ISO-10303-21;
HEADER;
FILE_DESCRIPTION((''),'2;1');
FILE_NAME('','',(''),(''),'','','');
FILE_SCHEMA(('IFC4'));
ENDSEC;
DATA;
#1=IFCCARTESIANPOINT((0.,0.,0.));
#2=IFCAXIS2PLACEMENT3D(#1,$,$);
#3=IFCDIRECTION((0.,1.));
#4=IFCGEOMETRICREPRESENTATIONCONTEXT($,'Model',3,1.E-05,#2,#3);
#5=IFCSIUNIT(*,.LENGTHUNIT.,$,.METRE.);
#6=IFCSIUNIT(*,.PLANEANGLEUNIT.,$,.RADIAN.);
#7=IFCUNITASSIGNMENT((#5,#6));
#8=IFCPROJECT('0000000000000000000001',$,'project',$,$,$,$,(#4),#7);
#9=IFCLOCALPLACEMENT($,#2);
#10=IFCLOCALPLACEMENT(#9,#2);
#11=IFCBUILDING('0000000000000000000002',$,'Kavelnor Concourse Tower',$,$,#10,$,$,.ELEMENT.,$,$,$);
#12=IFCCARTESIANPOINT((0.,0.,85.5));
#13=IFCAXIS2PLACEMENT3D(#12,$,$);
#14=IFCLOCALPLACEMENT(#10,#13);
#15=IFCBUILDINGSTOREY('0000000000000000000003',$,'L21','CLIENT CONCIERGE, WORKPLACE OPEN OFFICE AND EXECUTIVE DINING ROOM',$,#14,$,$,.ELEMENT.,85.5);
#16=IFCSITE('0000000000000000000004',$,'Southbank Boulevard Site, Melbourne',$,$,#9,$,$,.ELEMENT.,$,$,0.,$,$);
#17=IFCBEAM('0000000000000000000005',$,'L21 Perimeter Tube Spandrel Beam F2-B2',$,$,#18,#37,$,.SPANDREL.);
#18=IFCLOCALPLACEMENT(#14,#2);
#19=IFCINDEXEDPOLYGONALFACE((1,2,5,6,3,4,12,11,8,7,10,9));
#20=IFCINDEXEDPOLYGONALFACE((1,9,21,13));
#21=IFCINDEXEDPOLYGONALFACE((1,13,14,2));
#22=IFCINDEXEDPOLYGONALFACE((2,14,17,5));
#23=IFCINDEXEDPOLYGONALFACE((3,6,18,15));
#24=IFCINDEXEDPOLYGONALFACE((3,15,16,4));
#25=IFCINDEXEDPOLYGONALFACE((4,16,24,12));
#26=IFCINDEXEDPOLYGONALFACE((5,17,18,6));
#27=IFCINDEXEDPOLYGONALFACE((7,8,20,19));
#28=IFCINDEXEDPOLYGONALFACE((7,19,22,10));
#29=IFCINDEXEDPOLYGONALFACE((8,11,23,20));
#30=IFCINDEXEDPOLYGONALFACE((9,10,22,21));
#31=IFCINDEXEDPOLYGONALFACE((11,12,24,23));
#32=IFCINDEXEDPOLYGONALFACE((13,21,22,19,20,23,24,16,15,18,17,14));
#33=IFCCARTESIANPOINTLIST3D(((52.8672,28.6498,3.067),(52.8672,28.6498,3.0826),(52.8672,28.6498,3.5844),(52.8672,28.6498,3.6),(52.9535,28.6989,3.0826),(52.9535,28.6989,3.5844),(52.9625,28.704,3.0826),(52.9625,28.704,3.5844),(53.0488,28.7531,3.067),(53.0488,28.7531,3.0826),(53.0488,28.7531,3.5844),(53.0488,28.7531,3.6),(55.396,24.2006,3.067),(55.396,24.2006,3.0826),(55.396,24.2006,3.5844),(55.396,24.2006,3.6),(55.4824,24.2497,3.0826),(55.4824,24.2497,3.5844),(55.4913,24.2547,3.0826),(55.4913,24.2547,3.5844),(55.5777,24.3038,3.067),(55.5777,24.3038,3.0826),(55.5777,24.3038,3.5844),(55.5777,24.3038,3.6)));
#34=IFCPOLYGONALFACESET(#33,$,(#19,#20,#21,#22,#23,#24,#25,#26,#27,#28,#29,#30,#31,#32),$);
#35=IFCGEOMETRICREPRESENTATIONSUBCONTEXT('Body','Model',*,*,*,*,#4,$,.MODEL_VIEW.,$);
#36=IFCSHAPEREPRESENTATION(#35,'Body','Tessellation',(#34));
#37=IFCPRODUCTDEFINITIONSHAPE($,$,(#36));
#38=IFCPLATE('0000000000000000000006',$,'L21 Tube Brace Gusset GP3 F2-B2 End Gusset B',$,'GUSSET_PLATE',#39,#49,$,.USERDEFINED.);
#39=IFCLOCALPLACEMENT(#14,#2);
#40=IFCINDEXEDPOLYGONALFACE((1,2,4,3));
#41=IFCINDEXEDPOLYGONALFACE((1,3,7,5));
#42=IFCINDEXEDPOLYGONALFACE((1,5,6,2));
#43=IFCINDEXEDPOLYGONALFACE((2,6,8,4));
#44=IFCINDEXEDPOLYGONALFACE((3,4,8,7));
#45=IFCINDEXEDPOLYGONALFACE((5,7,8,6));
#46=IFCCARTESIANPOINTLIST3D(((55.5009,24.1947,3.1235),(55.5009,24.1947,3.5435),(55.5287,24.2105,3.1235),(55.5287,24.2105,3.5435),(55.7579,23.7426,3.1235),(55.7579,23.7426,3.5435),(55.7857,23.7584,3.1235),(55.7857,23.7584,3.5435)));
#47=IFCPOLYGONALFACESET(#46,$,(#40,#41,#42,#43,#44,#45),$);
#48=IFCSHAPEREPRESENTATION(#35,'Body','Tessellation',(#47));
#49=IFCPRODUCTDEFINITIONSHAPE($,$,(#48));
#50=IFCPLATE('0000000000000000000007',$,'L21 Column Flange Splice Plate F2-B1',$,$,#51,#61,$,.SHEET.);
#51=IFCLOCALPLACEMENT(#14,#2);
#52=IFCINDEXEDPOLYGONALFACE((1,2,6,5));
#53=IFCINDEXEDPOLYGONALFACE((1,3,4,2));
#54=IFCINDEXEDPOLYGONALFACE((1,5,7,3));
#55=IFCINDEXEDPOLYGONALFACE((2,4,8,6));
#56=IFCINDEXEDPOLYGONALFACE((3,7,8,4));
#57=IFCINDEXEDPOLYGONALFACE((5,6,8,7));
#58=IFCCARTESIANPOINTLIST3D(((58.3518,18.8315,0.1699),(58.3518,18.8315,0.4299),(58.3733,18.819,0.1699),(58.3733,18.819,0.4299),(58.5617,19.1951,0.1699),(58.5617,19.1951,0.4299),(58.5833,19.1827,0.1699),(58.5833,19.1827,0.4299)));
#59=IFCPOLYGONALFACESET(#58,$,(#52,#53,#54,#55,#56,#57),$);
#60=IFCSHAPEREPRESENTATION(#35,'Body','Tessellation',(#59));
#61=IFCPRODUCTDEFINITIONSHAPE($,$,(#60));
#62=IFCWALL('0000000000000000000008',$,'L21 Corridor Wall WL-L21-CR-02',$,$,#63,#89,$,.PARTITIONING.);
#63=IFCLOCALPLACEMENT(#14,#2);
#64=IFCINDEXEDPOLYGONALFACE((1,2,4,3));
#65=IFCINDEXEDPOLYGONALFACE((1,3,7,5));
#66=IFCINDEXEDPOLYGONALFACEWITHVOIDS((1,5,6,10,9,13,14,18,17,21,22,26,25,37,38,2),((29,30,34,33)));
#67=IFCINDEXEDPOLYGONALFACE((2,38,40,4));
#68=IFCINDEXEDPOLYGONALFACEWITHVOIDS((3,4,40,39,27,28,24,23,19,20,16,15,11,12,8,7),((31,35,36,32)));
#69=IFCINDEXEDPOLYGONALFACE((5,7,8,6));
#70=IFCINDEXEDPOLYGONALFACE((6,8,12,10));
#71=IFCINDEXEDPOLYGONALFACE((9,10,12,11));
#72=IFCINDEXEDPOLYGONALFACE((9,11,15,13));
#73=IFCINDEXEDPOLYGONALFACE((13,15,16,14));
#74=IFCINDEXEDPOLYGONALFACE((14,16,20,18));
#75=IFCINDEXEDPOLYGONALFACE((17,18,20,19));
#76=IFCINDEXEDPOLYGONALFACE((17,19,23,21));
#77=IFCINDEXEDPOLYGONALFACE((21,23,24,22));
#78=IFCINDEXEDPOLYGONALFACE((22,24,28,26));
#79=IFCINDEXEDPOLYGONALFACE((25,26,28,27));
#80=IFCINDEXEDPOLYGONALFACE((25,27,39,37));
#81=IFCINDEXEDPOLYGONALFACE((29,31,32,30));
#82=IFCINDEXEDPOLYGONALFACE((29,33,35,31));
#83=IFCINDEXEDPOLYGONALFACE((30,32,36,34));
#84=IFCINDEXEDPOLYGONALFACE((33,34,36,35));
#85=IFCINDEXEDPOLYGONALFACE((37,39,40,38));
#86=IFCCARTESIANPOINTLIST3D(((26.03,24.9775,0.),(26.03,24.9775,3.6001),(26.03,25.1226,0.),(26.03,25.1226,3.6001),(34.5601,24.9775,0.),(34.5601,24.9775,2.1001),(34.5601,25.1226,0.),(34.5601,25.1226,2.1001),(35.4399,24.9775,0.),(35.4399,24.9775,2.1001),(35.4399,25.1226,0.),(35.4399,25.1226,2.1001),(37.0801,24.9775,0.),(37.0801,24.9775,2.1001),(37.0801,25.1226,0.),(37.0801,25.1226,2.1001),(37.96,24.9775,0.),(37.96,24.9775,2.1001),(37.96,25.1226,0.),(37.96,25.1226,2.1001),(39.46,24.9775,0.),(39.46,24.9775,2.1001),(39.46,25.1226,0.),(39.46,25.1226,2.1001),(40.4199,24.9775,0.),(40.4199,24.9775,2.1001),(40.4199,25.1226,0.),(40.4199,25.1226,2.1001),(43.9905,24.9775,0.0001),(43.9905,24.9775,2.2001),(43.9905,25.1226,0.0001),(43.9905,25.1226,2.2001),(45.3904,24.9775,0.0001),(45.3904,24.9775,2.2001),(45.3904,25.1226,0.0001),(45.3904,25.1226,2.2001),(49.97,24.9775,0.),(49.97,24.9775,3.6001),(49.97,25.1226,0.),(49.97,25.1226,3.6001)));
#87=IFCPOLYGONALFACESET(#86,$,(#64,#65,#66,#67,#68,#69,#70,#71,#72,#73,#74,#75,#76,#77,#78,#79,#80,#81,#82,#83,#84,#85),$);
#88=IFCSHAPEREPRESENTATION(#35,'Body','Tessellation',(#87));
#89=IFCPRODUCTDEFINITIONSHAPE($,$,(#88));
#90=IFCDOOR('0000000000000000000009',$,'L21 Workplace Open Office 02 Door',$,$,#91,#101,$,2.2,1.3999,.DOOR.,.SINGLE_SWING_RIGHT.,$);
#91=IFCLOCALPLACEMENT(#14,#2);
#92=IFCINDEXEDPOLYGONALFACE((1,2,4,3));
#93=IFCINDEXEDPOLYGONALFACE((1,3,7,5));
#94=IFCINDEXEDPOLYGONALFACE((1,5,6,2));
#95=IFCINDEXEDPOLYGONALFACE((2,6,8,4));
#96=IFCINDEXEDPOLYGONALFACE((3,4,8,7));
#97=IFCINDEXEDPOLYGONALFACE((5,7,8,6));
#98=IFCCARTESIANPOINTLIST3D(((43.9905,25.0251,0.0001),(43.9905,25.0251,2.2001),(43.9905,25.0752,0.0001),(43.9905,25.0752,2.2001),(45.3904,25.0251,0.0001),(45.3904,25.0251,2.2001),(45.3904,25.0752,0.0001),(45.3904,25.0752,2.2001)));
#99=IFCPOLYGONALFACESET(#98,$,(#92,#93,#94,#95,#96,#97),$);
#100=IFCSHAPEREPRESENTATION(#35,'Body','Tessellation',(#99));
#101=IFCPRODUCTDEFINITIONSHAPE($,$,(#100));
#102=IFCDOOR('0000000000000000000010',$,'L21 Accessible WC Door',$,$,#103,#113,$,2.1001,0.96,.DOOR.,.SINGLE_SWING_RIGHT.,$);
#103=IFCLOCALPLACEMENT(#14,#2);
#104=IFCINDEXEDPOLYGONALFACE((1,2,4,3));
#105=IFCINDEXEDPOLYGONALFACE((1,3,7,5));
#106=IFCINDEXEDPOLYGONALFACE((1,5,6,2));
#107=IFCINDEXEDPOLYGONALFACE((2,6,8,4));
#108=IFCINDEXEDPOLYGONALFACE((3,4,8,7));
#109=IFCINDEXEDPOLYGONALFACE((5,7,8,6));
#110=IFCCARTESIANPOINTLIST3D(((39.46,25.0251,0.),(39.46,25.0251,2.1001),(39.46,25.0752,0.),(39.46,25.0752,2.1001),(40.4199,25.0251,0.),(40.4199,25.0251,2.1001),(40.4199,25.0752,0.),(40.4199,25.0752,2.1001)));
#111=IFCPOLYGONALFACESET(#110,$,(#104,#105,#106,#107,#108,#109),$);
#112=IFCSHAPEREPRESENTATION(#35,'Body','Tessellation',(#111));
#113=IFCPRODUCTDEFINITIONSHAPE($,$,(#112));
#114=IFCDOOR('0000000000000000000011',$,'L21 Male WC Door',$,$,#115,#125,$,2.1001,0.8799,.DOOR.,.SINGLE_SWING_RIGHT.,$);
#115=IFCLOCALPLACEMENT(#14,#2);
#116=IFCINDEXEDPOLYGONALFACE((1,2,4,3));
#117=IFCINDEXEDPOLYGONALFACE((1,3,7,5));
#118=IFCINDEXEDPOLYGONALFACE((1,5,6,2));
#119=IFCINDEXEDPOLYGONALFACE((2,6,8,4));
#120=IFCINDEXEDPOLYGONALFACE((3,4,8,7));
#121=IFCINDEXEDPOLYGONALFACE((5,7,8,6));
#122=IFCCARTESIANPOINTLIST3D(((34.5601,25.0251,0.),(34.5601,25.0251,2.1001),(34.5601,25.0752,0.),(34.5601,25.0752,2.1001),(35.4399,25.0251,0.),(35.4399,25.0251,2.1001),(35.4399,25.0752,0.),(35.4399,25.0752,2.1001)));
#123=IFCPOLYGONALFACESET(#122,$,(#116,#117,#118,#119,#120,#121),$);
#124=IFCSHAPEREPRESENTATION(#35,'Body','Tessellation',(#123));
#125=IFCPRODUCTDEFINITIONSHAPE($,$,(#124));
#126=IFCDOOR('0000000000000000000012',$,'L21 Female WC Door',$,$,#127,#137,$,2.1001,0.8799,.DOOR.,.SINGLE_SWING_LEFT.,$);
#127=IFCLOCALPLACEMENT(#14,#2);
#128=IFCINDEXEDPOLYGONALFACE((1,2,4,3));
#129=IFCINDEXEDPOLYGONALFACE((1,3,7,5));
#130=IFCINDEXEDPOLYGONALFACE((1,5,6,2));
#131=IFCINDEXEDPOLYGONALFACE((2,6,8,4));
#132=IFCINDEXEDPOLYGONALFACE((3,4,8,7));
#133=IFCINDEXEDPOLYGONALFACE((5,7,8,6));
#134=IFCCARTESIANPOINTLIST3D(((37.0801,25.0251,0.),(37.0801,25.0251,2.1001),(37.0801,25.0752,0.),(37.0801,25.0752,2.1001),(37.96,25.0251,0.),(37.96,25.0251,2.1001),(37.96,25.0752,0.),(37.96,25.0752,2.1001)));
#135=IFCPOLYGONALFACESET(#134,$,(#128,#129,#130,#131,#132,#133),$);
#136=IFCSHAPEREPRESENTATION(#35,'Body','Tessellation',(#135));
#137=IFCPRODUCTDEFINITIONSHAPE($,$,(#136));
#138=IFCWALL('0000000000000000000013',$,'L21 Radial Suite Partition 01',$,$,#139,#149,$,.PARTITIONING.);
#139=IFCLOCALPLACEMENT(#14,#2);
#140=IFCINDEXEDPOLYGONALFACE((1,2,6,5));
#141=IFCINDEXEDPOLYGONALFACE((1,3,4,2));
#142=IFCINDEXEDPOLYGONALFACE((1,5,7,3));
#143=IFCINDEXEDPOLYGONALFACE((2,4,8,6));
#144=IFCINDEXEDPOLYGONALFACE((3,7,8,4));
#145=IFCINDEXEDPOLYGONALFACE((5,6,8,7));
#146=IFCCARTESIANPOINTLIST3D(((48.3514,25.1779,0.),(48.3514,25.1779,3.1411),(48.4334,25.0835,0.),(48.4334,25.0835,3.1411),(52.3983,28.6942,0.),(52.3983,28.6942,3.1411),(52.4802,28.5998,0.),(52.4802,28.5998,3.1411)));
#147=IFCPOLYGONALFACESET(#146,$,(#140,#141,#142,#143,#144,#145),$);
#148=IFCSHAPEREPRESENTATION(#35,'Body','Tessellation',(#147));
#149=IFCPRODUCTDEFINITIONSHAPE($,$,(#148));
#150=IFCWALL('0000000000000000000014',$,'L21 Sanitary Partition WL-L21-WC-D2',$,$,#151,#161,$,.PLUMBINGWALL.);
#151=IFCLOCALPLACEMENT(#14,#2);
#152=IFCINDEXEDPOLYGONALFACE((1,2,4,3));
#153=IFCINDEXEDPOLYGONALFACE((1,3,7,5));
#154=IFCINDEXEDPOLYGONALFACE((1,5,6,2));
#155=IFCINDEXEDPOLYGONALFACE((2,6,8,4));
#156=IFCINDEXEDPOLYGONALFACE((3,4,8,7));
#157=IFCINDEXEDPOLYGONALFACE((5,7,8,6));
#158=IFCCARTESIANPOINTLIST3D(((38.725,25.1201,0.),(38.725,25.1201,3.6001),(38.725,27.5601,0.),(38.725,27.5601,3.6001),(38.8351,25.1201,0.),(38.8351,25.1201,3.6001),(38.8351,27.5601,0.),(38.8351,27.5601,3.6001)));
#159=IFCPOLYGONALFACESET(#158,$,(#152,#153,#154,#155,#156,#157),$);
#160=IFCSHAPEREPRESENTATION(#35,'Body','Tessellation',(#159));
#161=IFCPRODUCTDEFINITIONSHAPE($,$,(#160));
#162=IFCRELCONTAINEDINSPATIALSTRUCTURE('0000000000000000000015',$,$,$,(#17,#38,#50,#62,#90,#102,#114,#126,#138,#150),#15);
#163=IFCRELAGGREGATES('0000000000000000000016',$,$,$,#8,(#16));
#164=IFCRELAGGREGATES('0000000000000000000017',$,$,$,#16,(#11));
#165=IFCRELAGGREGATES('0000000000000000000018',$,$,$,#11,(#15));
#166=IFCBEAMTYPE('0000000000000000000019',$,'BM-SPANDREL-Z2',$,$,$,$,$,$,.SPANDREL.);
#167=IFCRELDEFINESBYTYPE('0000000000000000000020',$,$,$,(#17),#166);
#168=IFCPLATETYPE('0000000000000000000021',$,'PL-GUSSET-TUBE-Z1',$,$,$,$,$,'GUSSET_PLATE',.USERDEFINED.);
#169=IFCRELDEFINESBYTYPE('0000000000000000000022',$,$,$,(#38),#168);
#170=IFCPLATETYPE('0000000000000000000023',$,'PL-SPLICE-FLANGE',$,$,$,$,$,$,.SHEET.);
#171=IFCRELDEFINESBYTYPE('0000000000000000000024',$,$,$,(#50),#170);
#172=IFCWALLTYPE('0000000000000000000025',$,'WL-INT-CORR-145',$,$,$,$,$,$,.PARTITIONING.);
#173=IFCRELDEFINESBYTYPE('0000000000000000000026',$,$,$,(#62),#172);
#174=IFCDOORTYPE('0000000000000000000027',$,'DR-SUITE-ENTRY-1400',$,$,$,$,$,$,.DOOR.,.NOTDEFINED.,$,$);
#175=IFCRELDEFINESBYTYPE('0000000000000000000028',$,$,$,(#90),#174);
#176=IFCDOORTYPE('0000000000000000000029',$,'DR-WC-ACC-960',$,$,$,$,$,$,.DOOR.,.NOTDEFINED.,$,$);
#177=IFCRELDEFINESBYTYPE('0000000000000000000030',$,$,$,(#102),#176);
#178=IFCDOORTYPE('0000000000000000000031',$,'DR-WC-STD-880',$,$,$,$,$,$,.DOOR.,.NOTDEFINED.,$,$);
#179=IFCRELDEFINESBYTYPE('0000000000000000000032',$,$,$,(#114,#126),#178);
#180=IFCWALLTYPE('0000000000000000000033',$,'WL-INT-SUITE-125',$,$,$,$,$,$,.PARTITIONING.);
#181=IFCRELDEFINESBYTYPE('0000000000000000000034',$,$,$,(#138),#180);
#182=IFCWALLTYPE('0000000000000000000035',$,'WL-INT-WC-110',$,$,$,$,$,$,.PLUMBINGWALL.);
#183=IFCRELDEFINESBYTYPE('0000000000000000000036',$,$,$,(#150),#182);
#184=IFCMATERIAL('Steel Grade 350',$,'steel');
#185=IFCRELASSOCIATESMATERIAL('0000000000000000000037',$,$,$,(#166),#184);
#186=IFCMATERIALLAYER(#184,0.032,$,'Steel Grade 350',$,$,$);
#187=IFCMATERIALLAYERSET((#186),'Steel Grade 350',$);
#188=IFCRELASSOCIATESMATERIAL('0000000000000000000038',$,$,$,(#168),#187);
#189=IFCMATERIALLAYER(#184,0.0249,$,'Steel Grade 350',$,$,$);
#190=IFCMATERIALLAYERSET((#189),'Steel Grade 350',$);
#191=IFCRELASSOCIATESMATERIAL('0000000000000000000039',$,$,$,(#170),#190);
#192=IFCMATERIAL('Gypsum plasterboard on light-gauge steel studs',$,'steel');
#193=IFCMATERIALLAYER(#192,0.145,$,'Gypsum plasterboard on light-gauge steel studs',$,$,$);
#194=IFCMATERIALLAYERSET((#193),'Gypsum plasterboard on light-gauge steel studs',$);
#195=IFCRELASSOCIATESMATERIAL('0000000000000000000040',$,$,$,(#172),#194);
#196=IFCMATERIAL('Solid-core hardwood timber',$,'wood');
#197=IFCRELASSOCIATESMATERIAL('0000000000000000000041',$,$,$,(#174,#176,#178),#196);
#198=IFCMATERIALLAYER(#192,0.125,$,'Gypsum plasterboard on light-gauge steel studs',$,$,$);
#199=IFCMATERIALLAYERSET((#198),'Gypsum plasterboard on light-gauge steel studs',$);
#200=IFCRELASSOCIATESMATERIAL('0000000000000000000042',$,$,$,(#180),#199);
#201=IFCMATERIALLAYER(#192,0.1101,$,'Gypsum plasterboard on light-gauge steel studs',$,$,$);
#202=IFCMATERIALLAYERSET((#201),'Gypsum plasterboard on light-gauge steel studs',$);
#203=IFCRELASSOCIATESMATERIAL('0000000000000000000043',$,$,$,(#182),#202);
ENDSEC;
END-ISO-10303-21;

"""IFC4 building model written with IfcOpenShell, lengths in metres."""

from ifc_helpers import new_model, si_unit, direction, frame, frame_2d, origin, origin_2d, place, context, subcontext, project, spatial, rectangle, i_section, extrude, material, layer, layer_set, material_profile, profile_set, type_object, element, fill, save


model = new_model("IFC4")

# Units and contexts
model_context = context("Model", 3, precision=1e-05, world=origin(), true_north=direction((0.0, 1.0)))
body_context = subcontext(model_context, "Body", "Model", "MODEL_VIEW")
ifc_project = project(units=[si_unit("LENGTHUNIT", "METRE"), si_unit("PLANEANGLEUNIT", "RADIAN")], contexts=[model_context])

# Site, building, storey
site_placement = place(None, origin())
site = spatial("IfcSite", under=ifc_project, at=site_placement, Name="Southbank Boulevard Site, Melbourne", CompositionType="ELEMENT", RefElevation=0.0)
building_placement = place(site_placement, origin())
building = spatial("IfcBuilding", under=site, at=building_placement, Name="Kavelnor Concourse Tower", CompositionType="ELEMENT")
storey_placement = place(building_placement, frame((0.0, 0.0, 85.5)))
storey = spatial("IfcBuildingStorey", under=building, at=storey_placement, Name="L21", Description="CLIENT CONCIERGE, WORKPLACE OPEN OFFICE AND EXECUTIVE DINING ROOM", CompositionType="ELEMENT", Elevation=85.5)

# Shared definitions
ifc_material_1 = material(Name="Steel Grade 350", Category="steel")

# Beam
ifc_material_profile_1 = material_profile(ifc_material_1, i_section(OverallWidth=0.209, OverallDepth=0.533, WebThickness=0.0103, FlangeThickness=0.0156, at=origin_2d()), Name="530UB92")
ifc_profile_set_1 = profile_set([ifc_material_profile_1], Name="Steel Grade 350")
beam_type_1 = type_object("IfcBeamType", Name="BM-SPANDREL-Z2", PredefinedType="SPANDREL", material=ifc_profile_set_1)
for number, where, z_axis, x_axis, name in (
    (1, (55.4868, 24.2522, 3.3335), (-0.494134, 0.869386, 0.0), (-0.869386, -0.494134, 0.0), "L21 Perimeter Tube Spandrel Beam F2-B2"),
):
    element("IfcBeam", number, at=place(storey_placement, frame(where, z_axis=z_axis, x_axis=x_axis)), inside=storey, type_object=beam_type_1, Name=name, PredefinedType="SPANDREL", context=body_context, shape_type="SweptSolid", body=[
        extrude(i_section(OverallWidth=0.209, OverallDepth=0.533, WebThickness=0.0103, FlangeThickness=0.0156, at=origin_2d()), origin(), (0.0, 0.0, 1.0), 5.1177),
    ])

# Plates
ifc_layer_1 = layer(ifc_material_1, 0.032, Name="Steel Grade 350")
ifc_layer_set_1 = layer_set([ifc_layer_1], Name="Steel Grade 350")
plate_type_1 = type_object("IfcPlateType", Name="PL-GUSSET-TUBE-Z1", ElementType="GUSSET_PLATE", PredefinedType="USERDEFINED", material=ifc_layer_set_1)
plate_1_placement = place(storey_placement, frame((55.6433, 23.9766, 3.1235), z_axis=(0.0, 0.0, 1.0), x_axis=(0.494094, -0.869409, 0.0)))
element("IfcPlate", 2, at=plate_1_placement, inside=storey, type_object=plate_type_1, Name="L21 Tube Brace Gusset GP3 F2-B2 End Gusset B", ObjectType="GUSSET_PLATE", PredefinedType="USERDEFINED", context=body_context, shape_type="SweptSolid", body=[
    extrude(rectangle(XDim=0.52, YDim=0.032, at=origin_2d()), origin(), (0.0, 0.0, 1.0), 0.4199),
])
ifc_layer_2 = layer(ifc_material_1, 0.0249, Name="Steel Grade 350")
ifc_layer_set_2 = layer_set([ifc_layer_2], Name="Steel Grade 350")
plate_type_2 = type_object("IfcPlateType", Name="PL-SPLICE-FLANGE", PredefinedType="SHEET", material=ifc_layer_set_2)
plate_2_placement = place(storey_placement, frame((58.4675, 19.0071, 0.1699), z_axis=(0.0, 0.0, 1.0), x_axis=(-0.5, -0.866025, 0.0)))
element("IfcPlate", 3, at=plate_2_placement, inside=storey, type_object=plate_type_2, Name="L21 Column Flange Splice Plate F2-B1", PredefinedType="SHEET", context=body_context, shape_type="SweptSolid", body=[
    extrude(rectangle(XDim=0.4199, YDim=0.0249, at=origin_2d()), origin(), (0.0, 0.0, 1.0), 0.26),
])

# Wall, openings, doors
ifc_material_2 = material(Name="Gypsum plasterboard on light-gauge steel studs", Category="steel")
ifc_layer_3 = layer(ifc_material_2, 0.145, Name="Gypsum plasterboard on light-gauge steel studs")
ifc_layer_set_3 = layer_set([ifc_layer_3], Name="Gypsum plasterboard on light-gauge steel studs")
wall_type_1 = type_object("IfcWallType", Name="WL-INT-CORR-145", PredefinedType="PARTITIONING", material=ifc_layer_set_3)
wall_1_placement = place(storey_placement, frame((49.97, 25.05, 0.0), z_axis=(0.0, 0.0, 1.0), x_axis=(-1.0, 0.0, 0.0)))
wall_1 = element("IfcWall", 4, at=wall_1_placement, inside=storey, type_object=wall_type_1, Name="L21 Corridor Wall WL-L21-CR-02", PredefinedType="PARTITIONING", context=body_context, shape_type="SweptSolid", body=[
    extrude(rectangle(XDim=23.9399, YDim=0.145, at=frame_2d((11.97, 0.0))), origin(), (0.0, 0.0, 1.0), 3.6001),
])
opening_1_placement = place(wall_1_placement, frame((14.53, 0.0, 0.0)))
opening_1 = element("IfcOpeningElement", 5, at=opening_1_placement, cuts=wall_1, PredefinedType="OPENING", context=body_context, shape_type="SweptSolid", body=[
    extrude(rectangle(XDim=0.8799, YDim=2.1001, at=frame_2d((0.4399, 1.05))), frame((0.0, 0.0825, 0.0), z_axis=(0.0, -1.0, 0.0), x_axis=(1.0, 0.0, 0.0)), (0.0, 0.0, 1.0), 0.165),
])
opening_2_placement = place(wall_1_placement, frame((12.01, 0.0, 0.0)))
opening_2 = element("IfcOpeningElement", 6, at=opening_2_placement, cuts=wall_1, PredefinedType="OPENING", context=body_context, shape_type="SweptSolid", body=[
    extrude(rectangle(XDim=0.8799, YDim=2.1001, at=frame_2d((0.4399, 1.05))), frame((0.0, 0.0825, 0.0), z_axis=(0.0, -1.0, 0.0), x_axis=(1.0, 0.0, 0.0)), (0.0, 0.0, 1.0), 0.165),
])
opening_3_placement = place(wall_1_placement, frame((9.55, 0.0, 0.0)))
opening_3 = element("IfcOpeningElement", 7, at=opening_3_placement, cuts=wall_1, PredefinedType="OPENING", context=body_context, shape_type="SweptSolid", body=[
    extrude(rectangle(XDim=0.96, YDim=2.1001, at=frame_2d((0.48, 1.05))), frame((0.0, 0.0825, 0.0), z_axis=(0.0, -1.0, 0.0), x_axis=(1.0, 0.0, 0.0)), (0.0, 0.0, 1.0), 0.165),
])
opening_4_placement = place(wall_1_placement, frame((4.5796, 0.0, 0.0)))
opening_4 = element("IfcOpeningElement", 8, at=opening_4_placement, cuts=wall_1, PredefinedType="OPENING", context=body_context, shape_type="SweptSolid", body=[
    extrude(rectangle(XDim=1.3999, YDim=2.2, at=frame_2d((0.7, 1.1001))), frame((0.0, 0.0825, 0.0), z_axis=(0.0, -1.0, 0.0), x_axis=(1.0, 0.0, 0.0)), (0.0, 0.0, 1.0), 0.165),
])
ifc_material_3 = material(Name="Solid-core hardwood timber", Category="wood")
door_type_1 = type_object("IfcDoorType", Name="DR-SUITE-ENTRY-1400", OperationType="NOTDEFINED", PredefinedType="DOOR", material=ifc_material_3)
door_1_placement = place(opening_4_placement, origin())
door_1 = element("IfcDoor", 9, at=door_1_placement, inside=storey, type_object=door_type_1, Name="L21 Workplace Open Office 02 Door", OperationType="SINGLE_SWING_RIGHT", OverallHeight=2.2, OverallWidth=1.3999, PredefinedType="DOOR", context=body_context, shape_type="SweptSolid", body=[
    extrude(rectangle(XDim=1.3999, YDim=2.2, at=frame_2d((0.7, 1.1001))), frame((0.0, 0.0249, 0.0), z_axis=(0.0, -1.0, 0.0), x_axis=(1.0, 0.0, 0.0)), (0.0, 0.0, 1.0), 0.05),
])
fill(opening_4, door_1)
door_type_2 = type_object("IfcDoorType", Name="DR-WC-ACC-960", OperationType="NOTDEFINED", PredefinedType="DOOR", material=ifc_material_3)
door_2_placement = place(opening_3_placement, origin())
door_2 = element("IfcDoor", 10, at=door_2_placement, inside=storey, type_object=door_type_2, Name="L21 Accessible WC Door", OperationType="SINGLE_SWING_RIGHT", OverallHeight=2.1001, OverallWidth=0.96, PredefinedType="DOOR", context=body_context, shape_type="SweptSolid", body=[
    extrude(rectangle(XDim=0.96, YDim=2.1001, at=frame_2d((0.48, 1.05))), frame((0.0, 0.0249, 0.0), z_axis=(0.0, -1.0, 0.0), x_axis=(1.0, 0.0, 0.0)), (0.0, 0.0, 1.0), 0.05),
])
fill(opening_3, door_2)
door_type_3 = type_object("IfcDoorType", Name="DR-WC-STD-880", OperationType="NOTDEFINED", PredefinedType="DOOR", material=ifc_material_3)
door_3_placement = place(opening_1_placement, origin())
door_3 = element("IfcDoor", 11, at=door_3_placement, inside=storey, type_object=door_type_3, Name="L21 Male WC Door", OperationType="SINGLE_SWING_RIGHT", OverallHeight=2.1001, OverallWidth=0.8799, PredefinedType="DOOR", context=body_context, shape_type="SweptSolid", body=[
    extrude(rectangle(XDim=0.8799, YDim=2.1001, at=frame_2d((0.4399, 1.05))), frame((0.0, 0.0249, 0.0), z_axis=(0.0, -1.0, 0.0), x_axis=(1.0, 0.0, 0.0)), (0.0, 0.0, 1.0), 0.05),
])
fill(opening_1, door_3)
door_4_placement = place(opening_2_placement, origin())
door_4 = element("IfcDoor", 12, at=door_4_placement, inside=storey, type_object=door_type_3, Name="L21 Female WC Door", OperationType="SINGLE_SWING_LEFT", OverallHeight=2.1001, OverallWidth=0.8799, PredefinedType="DOOR", context=body_context, shape_type="SweptSolid", body=[
    extrude(rectangle(XDim=0.8799, YDim=2.1001, at=frame_2d((0.4399, 1.05))), frame((0.0, 0.0249, 0.0), z_axis=(0.0, -1.0, 0.0), x_axis=(1.0, 0.0, 0.0)), (0.0, 0.0, 1.0), 0.05),
])
fill(opening_2, door_4)

# Walls
ifc_layer_4 = layer(ifc_material_2, 0.125, Name="Gypsum plasterboard on light-gauge steel studs")
ifc_layer_set_4 = layer_set([ifc_layer_4], Name="Gypsum plasterboard on light-gauge steel studs")
wall_type_2 = type_object("IfcWallType", Name="WL-INT-SUITE-125", PredefinedType="PARTITIONING", material=ifc_layer_set_4)
wall_2_placement = place(storey_placement, frame((48.3923, 25.1306, 0.0), z_axis=(0.0, 0.0, 1.0), x_axis=(0.754852, 0.655896, 0.0)))
element("IfcWall", 13, at=wall_2_placement, inside=storey, type_object=wall_type_2, Name="L21 Radial Suite Partition 01", PredefinedType="PARTITIONING", context=body_context, shape_type="SweptSolid", body=[
    extrude(rectangle(XDim=5.3611, YDim=0.125, at=frame_2d((2.6807, 0.0))), origin(), (0.0, 0.0, 1.0), 3.1411),
])
ifc_layer_5 = layer(ifc_material_2, 0.1101, Name="Gypsum plasterboard on light-gauge steel studs")
ifc_layer_set_5 = layer_set([ifc_layer_5], Name="Gypsum plasterboard on light-gauge steel studs")
wall_type_3 = type_object("IfcWallType", Name="WL-INT-WC-110", PredefinedType="PLUMBINGWALL", material=ifc_layer_set_5)
for number, where, z_axis, x_axis, name in (
    (14, (38.78, 25.1201, 0.0), (0.0, 0.0, 1.0), (0.0, 1.0, 0.0), "L21 Sanitary Partition WL-L21-WC-D2"),
):
    element("IfcWall", number, at=place(storey_placement, frame(where, z_axis=z_axis, x_axis=x_axis)), inside=storey, type_object=wall_type_3, Name=name, PredefinedType="PLUMBINGWALL", context=body_context, shape_type="SweptSolid", body=[
        extrude(rectangle(XDim=2.4399, YDim=0.1101, at=frame_2d((1.22, 0.0))), origin(), (0.0, 0.0, 1.0), 3.6001),
    ])

save(model, "model.ifc")
